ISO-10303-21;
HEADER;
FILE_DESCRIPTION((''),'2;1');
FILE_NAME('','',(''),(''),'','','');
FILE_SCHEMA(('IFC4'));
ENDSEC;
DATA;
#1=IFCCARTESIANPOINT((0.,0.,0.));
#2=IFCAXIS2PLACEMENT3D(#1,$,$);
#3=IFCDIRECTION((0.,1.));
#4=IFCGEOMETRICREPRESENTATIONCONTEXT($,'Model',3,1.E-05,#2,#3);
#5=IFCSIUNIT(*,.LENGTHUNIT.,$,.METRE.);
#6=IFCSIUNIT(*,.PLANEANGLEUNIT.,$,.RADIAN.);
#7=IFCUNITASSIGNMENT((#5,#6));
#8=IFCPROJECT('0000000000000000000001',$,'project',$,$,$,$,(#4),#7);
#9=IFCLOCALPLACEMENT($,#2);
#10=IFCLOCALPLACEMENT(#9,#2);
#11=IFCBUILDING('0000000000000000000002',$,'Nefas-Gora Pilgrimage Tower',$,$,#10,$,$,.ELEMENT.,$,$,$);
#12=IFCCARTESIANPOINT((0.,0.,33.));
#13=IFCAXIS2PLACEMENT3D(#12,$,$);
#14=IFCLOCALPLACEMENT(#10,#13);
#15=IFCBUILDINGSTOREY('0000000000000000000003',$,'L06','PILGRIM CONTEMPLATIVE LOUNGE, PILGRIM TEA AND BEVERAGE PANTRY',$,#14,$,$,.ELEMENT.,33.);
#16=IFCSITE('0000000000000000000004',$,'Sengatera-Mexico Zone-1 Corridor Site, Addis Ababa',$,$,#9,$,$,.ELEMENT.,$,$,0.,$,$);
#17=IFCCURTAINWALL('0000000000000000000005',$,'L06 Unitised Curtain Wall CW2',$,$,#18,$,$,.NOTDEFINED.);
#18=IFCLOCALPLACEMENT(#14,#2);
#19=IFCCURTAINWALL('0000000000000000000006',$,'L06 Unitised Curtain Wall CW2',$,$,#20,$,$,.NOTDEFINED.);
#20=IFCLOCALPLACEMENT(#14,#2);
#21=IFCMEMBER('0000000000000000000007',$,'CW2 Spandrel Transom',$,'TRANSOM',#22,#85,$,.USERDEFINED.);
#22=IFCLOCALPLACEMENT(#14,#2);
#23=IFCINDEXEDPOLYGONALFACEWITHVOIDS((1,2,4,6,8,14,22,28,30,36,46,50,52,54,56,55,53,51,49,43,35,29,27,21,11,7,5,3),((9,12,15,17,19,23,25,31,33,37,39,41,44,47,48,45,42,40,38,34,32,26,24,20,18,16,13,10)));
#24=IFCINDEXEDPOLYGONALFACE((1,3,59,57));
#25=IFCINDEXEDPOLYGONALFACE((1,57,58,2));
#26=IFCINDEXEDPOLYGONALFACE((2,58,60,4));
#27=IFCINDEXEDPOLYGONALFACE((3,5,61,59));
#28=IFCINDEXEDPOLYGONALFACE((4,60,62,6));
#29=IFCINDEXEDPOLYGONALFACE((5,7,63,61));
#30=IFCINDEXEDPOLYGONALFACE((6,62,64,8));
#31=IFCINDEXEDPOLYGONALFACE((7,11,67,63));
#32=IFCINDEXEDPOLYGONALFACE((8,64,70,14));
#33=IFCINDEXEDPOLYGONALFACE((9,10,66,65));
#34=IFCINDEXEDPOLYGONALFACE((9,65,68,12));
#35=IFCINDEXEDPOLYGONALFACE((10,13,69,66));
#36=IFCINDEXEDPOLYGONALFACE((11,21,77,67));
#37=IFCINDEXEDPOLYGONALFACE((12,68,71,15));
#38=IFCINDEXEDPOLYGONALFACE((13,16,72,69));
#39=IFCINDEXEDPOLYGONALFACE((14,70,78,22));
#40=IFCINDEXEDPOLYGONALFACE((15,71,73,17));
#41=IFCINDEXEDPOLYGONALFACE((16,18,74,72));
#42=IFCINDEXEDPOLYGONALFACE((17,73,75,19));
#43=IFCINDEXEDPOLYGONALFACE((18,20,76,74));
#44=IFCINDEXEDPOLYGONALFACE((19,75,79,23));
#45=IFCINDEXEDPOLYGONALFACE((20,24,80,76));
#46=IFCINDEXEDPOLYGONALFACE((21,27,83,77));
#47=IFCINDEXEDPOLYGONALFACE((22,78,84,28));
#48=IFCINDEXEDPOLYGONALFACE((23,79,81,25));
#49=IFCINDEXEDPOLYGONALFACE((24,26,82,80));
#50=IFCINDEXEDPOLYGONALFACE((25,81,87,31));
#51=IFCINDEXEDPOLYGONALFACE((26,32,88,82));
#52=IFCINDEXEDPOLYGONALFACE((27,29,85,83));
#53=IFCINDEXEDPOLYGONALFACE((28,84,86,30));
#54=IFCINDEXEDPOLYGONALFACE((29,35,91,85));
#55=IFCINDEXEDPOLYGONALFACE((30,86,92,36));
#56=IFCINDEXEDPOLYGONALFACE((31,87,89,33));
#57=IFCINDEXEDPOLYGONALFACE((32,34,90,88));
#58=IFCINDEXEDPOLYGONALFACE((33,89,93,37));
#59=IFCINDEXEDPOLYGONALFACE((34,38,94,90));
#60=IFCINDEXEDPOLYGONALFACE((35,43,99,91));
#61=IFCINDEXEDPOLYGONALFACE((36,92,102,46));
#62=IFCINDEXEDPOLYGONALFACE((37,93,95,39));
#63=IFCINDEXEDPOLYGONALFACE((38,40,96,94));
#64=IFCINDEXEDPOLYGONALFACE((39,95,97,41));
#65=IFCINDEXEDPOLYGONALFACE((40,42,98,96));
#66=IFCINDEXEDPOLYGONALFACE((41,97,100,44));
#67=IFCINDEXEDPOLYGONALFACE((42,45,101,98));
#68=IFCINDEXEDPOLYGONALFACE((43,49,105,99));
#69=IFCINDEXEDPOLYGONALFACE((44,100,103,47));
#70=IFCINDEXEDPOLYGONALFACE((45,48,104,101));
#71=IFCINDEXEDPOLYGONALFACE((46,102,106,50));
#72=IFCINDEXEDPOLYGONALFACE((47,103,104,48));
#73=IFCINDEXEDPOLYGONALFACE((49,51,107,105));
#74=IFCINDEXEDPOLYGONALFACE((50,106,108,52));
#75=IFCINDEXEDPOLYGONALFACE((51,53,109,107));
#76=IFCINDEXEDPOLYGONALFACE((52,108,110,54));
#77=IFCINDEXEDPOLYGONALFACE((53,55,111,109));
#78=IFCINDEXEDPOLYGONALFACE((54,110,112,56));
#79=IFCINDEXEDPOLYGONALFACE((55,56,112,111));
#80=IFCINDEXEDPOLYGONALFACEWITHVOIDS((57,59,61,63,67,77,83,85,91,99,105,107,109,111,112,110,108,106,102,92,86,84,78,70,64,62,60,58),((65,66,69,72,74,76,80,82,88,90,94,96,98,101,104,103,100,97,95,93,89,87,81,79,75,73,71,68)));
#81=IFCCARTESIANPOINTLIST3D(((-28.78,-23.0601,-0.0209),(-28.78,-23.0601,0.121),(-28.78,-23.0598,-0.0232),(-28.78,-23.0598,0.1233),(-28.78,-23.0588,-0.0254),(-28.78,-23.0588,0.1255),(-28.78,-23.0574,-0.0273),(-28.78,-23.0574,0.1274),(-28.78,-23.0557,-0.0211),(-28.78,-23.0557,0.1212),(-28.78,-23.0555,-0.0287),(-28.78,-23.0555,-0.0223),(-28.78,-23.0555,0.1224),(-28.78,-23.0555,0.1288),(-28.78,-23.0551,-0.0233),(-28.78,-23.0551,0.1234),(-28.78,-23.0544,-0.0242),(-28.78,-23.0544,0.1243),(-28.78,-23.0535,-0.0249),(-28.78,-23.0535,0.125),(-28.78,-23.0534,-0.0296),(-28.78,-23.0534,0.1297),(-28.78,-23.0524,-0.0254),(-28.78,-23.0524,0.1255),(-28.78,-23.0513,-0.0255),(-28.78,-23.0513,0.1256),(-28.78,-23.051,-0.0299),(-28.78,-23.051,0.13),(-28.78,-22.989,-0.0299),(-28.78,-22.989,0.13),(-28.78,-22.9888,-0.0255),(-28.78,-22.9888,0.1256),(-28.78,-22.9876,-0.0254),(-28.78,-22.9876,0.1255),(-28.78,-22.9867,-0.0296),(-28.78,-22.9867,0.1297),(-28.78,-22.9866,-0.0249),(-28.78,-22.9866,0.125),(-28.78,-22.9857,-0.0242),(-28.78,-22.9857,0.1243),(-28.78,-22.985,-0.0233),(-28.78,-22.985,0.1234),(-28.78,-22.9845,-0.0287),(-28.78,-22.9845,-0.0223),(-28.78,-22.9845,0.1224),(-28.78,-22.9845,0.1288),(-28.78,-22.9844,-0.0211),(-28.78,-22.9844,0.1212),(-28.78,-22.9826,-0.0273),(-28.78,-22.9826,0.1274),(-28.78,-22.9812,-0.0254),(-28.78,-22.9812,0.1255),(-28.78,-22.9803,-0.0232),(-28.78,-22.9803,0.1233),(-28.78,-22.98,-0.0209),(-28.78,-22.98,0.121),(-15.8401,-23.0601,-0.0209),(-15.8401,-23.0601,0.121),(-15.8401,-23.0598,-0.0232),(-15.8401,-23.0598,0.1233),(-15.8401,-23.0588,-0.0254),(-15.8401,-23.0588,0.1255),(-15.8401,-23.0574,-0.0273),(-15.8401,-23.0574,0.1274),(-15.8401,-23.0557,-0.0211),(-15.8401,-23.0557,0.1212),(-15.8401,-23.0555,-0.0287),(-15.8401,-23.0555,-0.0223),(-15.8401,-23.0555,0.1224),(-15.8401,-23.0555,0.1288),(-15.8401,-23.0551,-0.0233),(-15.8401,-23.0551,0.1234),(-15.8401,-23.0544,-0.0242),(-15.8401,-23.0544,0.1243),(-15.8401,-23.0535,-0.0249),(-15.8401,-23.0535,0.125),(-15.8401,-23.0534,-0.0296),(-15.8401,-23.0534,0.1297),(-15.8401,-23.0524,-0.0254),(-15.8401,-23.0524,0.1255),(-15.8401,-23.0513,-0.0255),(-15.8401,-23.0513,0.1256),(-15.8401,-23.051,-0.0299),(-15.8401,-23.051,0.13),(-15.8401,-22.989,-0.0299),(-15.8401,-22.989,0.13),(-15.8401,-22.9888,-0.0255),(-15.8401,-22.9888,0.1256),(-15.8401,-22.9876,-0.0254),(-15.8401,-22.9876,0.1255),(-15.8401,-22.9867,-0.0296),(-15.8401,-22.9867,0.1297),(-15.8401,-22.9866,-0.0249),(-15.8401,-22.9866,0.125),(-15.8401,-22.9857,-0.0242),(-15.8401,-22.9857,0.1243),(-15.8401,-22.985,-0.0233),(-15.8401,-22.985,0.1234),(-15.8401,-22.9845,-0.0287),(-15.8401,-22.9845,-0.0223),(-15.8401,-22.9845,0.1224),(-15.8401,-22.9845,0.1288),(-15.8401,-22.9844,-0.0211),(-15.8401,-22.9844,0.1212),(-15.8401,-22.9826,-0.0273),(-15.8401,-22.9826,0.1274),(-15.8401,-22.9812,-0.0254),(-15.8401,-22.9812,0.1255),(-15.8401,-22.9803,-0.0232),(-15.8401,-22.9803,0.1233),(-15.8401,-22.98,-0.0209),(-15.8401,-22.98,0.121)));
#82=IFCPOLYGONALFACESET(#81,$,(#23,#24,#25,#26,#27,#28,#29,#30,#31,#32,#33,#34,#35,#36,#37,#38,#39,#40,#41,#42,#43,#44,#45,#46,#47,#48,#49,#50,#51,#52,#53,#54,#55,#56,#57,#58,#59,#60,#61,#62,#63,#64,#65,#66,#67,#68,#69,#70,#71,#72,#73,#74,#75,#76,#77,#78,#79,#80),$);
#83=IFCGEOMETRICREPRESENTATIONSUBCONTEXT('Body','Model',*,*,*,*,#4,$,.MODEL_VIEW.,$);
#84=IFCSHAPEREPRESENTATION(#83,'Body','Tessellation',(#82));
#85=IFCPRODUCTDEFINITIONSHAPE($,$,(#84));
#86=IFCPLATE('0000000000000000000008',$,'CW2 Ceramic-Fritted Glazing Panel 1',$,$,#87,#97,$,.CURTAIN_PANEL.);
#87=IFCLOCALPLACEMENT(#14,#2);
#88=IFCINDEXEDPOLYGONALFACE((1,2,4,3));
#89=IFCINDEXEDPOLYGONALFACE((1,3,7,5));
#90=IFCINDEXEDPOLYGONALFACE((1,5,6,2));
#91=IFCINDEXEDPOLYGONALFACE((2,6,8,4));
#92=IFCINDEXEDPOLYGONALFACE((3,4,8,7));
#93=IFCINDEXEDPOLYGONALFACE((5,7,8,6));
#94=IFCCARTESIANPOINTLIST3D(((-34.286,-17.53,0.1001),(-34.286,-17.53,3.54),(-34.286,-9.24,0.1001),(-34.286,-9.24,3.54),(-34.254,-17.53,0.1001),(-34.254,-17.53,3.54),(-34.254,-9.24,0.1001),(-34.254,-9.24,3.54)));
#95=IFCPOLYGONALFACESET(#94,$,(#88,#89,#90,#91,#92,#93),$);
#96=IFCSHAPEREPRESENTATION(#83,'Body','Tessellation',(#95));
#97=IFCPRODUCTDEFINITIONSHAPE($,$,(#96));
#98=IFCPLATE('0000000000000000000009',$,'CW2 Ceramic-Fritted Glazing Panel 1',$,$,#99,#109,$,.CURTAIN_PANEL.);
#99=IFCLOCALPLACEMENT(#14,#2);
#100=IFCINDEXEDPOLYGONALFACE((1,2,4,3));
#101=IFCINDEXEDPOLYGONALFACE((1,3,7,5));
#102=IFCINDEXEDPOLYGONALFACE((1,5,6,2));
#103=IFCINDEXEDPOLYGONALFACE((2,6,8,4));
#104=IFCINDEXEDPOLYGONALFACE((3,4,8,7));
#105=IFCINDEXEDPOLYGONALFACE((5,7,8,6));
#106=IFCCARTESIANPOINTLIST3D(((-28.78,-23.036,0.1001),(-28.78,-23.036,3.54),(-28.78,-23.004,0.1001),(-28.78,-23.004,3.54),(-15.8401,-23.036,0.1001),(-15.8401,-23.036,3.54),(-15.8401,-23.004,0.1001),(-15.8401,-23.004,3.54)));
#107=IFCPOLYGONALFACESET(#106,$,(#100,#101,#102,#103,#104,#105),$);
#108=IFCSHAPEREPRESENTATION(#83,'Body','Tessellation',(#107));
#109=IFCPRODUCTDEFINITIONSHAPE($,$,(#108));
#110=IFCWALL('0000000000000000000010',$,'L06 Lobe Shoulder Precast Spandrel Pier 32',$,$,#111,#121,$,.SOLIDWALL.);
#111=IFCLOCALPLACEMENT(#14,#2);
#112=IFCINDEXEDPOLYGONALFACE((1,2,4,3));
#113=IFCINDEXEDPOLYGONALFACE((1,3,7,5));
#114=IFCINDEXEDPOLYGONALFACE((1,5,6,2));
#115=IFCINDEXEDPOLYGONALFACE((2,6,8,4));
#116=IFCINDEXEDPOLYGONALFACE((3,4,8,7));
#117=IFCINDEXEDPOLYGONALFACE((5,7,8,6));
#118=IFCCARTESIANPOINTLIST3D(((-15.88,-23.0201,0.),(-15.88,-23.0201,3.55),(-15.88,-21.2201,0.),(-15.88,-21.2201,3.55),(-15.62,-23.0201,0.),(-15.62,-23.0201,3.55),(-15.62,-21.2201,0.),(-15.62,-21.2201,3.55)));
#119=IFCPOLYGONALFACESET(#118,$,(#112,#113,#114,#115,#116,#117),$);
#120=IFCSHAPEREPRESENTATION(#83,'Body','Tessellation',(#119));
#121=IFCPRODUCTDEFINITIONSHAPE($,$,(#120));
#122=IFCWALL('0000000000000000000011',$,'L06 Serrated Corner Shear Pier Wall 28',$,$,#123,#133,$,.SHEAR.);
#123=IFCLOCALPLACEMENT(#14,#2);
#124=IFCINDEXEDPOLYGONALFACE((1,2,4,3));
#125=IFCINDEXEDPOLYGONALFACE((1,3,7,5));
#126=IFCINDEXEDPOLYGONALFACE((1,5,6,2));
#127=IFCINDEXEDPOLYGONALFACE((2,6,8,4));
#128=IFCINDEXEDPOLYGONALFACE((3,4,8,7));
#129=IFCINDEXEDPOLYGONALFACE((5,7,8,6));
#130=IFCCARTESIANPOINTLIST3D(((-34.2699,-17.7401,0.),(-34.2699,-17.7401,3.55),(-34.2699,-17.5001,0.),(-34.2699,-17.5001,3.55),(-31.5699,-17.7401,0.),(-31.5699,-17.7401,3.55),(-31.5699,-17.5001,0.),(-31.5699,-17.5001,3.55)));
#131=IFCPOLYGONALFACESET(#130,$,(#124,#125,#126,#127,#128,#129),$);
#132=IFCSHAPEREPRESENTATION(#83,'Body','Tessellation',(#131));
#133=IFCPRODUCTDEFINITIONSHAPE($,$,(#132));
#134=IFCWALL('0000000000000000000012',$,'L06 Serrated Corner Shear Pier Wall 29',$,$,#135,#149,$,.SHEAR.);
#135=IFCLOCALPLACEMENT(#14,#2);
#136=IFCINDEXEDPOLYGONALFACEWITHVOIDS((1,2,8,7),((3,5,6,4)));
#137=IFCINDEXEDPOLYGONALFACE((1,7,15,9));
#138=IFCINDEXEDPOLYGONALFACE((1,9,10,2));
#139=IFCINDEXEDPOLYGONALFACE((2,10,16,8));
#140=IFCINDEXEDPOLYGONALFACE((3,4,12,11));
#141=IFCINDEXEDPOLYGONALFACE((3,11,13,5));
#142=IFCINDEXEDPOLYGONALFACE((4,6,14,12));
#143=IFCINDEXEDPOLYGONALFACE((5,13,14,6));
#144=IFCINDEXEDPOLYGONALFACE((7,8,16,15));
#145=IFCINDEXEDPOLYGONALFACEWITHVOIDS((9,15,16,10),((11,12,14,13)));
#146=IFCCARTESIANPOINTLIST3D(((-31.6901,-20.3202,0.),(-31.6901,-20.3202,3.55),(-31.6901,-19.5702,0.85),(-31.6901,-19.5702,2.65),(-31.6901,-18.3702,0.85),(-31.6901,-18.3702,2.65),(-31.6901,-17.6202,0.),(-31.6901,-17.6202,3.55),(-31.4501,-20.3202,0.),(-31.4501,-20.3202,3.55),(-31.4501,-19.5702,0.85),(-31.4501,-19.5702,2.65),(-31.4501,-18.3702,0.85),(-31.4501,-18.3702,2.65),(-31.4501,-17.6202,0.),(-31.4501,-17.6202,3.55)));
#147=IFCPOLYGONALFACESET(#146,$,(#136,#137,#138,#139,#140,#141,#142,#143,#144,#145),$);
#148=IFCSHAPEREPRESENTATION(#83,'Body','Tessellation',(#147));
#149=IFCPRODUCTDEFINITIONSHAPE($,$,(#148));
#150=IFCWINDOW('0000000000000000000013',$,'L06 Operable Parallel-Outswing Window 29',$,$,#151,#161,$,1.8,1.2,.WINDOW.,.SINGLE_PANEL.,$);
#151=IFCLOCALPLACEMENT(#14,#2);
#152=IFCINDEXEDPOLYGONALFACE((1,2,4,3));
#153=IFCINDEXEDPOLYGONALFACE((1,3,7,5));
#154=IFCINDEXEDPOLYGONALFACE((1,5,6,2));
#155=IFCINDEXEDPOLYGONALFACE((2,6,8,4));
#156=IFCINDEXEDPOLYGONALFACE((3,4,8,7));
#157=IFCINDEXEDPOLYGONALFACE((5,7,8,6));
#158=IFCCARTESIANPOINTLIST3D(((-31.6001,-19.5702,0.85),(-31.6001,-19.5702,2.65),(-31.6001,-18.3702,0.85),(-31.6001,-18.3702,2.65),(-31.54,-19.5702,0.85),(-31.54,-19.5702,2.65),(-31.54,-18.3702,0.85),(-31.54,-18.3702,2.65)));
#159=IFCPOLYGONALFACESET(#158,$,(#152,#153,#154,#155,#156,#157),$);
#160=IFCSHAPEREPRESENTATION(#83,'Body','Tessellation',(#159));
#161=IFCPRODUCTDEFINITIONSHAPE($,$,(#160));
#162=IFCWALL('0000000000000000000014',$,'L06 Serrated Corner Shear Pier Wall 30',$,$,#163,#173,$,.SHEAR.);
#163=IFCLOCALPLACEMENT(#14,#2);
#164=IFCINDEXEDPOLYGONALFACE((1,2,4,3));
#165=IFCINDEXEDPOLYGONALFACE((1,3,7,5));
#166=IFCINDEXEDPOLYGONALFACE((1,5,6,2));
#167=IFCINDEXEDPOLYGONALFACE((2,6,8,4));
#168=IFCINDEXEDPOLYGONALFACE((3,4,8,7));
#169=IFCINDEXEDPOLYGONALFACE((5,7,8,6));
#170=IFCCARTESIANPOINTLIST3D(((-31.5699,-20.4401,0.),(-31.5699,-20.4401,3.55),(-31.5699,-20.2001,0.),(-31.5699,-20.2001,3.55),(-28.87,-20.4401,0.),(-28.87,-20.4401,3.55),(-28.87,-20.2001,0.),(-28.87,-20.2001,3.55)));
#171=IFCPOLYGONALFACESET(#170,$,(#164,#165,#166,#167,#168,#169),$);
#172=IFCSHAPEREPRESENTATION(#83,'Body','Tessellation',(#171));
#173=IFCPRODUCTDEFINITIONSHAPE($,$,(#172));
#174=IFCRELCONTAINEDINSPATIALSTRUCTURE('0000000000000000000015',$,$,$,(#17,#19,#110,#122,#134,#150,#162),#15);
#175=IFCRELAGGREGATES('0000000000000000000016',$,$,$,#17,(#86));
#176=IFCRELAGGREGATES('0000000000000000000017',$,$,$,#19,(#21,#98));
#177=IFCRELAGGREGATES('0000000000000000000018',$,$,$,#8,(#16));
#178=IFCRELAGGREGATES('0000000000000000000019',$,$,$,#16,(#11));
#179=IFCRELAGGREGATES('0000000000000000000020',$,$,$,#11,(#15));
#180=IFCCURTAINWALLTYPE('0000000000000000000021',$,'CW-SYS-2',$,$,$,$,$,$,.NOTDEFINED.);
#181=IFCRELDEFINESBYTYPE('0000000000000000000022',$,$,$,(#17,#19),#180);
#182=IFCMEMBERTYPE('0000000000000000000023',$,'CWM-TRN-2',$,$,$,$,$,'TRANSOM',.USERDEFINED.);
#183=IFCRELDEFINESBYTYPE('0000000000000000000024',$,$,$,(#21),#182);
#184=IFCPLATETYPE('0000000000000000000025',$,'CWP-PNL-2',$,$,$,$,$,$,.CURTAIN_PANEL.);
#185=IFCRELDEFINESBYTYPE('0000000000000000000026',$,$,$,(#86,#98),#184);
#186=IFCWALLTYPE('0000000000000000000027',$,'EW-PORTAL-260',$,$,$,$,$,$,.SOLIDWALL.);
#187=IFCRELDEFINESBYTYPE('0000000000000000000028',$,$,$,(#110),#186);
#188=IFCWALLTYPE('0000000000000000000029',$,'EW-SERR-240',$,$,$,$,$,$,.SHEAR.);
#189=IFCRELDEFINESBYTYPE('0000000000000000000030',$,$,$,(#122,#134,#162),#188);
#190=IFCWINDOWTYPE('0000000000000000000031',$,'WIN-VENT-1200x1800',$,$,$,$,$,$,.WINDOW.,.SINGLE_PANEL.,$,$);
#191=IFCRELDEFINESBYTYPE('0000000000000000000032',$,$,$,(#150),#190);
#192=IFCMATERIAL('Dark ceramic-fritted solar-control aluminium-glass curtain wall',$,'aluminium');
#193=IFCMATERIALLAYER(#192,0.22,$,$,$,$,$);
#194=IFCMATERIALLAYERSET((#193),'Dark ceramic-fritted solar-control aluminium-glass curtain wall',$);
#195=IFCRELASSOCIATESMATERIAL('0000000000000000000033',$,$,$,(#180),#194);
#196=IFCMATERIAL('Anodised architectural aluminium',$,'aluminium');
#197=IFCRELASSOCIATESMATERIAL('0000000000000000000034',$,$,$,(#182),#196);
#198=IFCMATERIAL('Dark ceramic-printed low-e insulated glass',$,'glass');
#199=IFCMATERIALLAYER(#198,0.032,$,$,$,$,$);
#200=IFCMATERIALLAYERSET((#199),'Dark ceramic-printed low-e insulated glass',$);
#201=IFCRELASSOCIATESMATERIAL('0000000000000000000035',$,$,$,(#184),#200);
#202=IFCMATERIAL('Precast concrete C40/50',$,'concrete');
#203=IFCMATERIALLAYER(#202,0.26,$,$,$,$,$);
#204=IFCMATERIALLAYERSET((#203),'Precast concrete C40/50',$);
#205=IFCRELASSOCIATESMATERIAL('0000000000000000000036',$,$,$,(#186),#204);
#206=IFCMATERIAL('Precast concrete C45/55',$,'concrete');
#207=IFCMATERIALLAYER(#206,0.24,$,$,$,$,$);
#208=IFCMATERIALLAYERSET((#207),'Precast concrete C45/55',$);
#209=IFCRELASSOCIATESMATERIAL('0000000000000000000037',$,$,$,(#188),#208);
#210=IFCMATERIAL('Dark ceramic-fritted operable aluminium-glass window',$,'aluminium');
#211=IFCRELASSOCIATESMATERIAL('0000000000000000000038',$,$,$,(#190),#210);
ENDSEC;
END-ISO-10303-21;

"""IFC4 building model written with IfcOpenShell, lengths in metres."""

from ifc_helpers import new_model, si_unit, direction, frame, frame_2d, origin, origin_2d, place, context, subcontext, project, spatial, rectangle, hollow_rectangle, extrude, source, transform, mapped, material, layer, layer_set, material_profile, profile_set, type_object, element, fill, aggregate, save


model = new_model("IFC4")

# Units and contexts
model_context = context("Model", 3, precision=1e-05, world=origin(), true_north=direction((0.0, 1.0)))
body_context = subcontext(model_context, "Body", "Model", "MODEL_VIEW")
ifc_project = project(units=[si_unit("LENGTHUNIT", "METRE"), si_unit("PLANEANGLEUNIT", "RADIAN")], contexts=[model_context])

# Site, building, storey
site_placement = place(None, origin())
site = spatial("IfcSite", under=ifc_project, at=site_placement, Name="Sengatera-Mexico Zone-1 Corridor Site, Addis Ababa", CompositionType="ELEMENT", RefElevation=0.0)
building_placement = place(site_placement, origin())
building = spatial("IfcBuilding", under=site, at=building_placement, Name="Nefas-Gora Pilgrimage Tower", CompositionType="ELEMENT")
storey_placement = place(building_placement, frame((0.0, 0.0, 33.0)))
storey = spatial("IfcBuildingStorey", under=building, at=storey_placement, Name="L06", Description="PILGRIM CONTEMPLATIVE LOUNGE, PILGRIM TEA AND BEVERAGE PANTRY", CompositionType="ELEMENT", Elevation=33.0)

# Shared definitions
ifc_material_1 = material(Name="Dark ceramic-fritted solar-control aluminium-glass curtain wall", Category="aluminium")
ifc_material_2 = material(Name="Anodised architectural aluminium", Category="aluminium")

# Curtain wall
ifc_layer_1 = layer(ifc_material_1, 0.22)
ifc_layer_set_1 = layer_set([ifc_layer_1], Name="Dark ceramic-fritted solar-control aluminium-glass curtain wall")
curtain_wall_type_1 = type_object("IfcCurtainWallType", Name="CW-SYS-2", PredefinedType="NOTDEFINED", material=ifc_layer_set_1)
curtain_wall_1_placement = place(storey_placement, origin())
curtain_wall_1 = element("IfcCurtainWall", 1, at=curtain_wall_1_placement, inside=storey, type_object=curtain_wall_type_1, Name="L06 Unitised Curtain Wall CW2", PredefinedType="NOTDEFINED")

# Curtain wall
curtain_wall_2_placement = place(storey_placement, origin())
curtain_wall_2 = element("IfcCurtainWall", 2, at=curtain_wall_2_placement, inside=storey, type_object=curtain_wall_type_1, Name="L06 Unitised Curtain Wall CW2", PredefinedType="NOTDEFINED")

# Member
ifc_material_profile_1 = material_profile(ifc_material_2, hollow_rectangle(XDim=0.0801, YDim=0.1599, WallThickness=0.0044, InnerFilletRadius=0.0044, OuterFilletRadius=0.009, at=origin_2d()), Name="ALU TRANSOM 80x160")
ifc_profile_set_1 = profile_set([ifc_material_profile_1], Name="Anodised architectural aluminium")
member_type_1 = type_object("IfcMemberType", Name="CWM-TRN-2", ElementType="TRANSOM", PredefinedType="USERDEFINED", material=ifc_profile_set_1)
shared_shape_1 = source(origin(), body_context, "Body", "SweptSolid", [
    extrude(hollow_rectangle(XDim=0.0801, YDim=0.1599, WallThickness=0.0044, InnerFilletRadius=0.0044, OuterFilletRadius=0.009, at=origin_2d()), origin(), (0.0, 0.0, 1.0), 12.9399),
])
member_1_placement = place(storey_placement, frame((-28.78, -23.02, 0.05), z_axis=(1.0, 0.0, 0.0), x_axis=(0.0, 1.0, 0.0)))
member_1 = element("IfcMember", 3, at=member_1_placement, type_object=member_type_1, Name="CW2 Spandrel Transom", ObjectType="TRANSOM", PredefinedType="USERDEFINED", context=body_context, shape_type="MappedRepresentation", body=[
    mapped(shared_shape_1, transform((0.0, 0.0, 0.0), x_axis=(1.0, 0.0, 0.0), y_axis=(0.0, 1.0, 0.0), z_axis=(0.0, 0.0, 1.0), scale=1.0)),
])

# Plates
ifc_material_3 = material(Name="Dark ceramic-printed low-e insulated glass", Category="glass")
ifc_layer_2 = layer(ifc_material_3, 0.032)
ifc_layer_set_2 = layer_set([ifc_layer_2], Name="Dark ceramic-printed low-e insulated glass")
plate_type = type_object("IfcPlateType", Name="CWP-PNL-2", PredefinedType="CURTAIN_PANEL", material=ifc_layer_set_2)
shared_shape_2 = source(origin(), body_context, "Body", "SweptSolid", [
    extrude(rectangle(XDim=8.29, YDim=0.032, at=origin_2d()), origin(), (0.0, 0.0, 1.0), 3.4399),
])
plate_1_placement = place(storey_placement, frame((-34.27, -13.385, 0.1001), z_axis=(0.0, 0.0, 1.0), x_axis=(0.0, -1.0, 0.0)))
plate_1 = element("IfcPlate", 4, at=plate_1_placement, type_object=plate_type, Name="CW2 Ceramic-Fritted Glazing Panel 1", PredefinedType="CURTAIN_PANEL", context=body_context, shape_type="MappedRepresentation", body=[
    mapped(shared_shape_2, transform((0.0, 0.0, 0.0), x_axis=(1.0, 0.0, 0.0), y_axis=(0.0, 1.0, 0.0), z_axis=(0.0, 0.0, 1.0), scale=1.0)),
])
aggregate(curtain_wall_1, [plate_1])
shared_shape_3 = source(origin(), body_context, "Body", "SweptSolid", [
    extrude(rectangle(XDim=12.9399, YDim=0.032, at=origin_2d()), origin(), (0.0, 0.0, 1.0), 3.4399),
])
plate_2_placement = place(storey_placement, frame((-22.3101, -23.02, 0.1001), z_axis=(0.0, 0.0, 1.0), x_axis=(1.0, 0.0, 0.0)))
plate_2 = element("IfcPlate", 5, at=plate_2_placement, type_object=plate_type, Name="CW2 Ceramic-Fritted Glazing Panel 1", PredefinedType="CURTAIN_PANEL", context=body_context, shape_type="MappedRepresentation", body=[
    mapped(shared_shape_3, transform((0.0, 0.0, 0.0), x_axis=(1.0, 0.0, 0.0), y_axis=(0.0, 1.0, 0.0), z_axis=(0.0, 0.0, 1.0), scale=1.0)),
])
aggregate(curtain_wall_2, [member_1, plate_2])

# Walls
ifc_material_4 = material(Name="Precast concrete C40/50", Category="concrete")
ifc_layer_3 = layer(ifc_material_4, 0.26)
ifc_layer_set_3 = layer_set([ifc_layer_3], Name="Precast concrete C40/50")
wall_type_1 = type_object("IfcWallType", Name="EW-PORTAL-260", PredefinedType="SOLIDWALL", material=ifc_layer_set_3)
shared_shape_4 = source(origin(), body_context, "Body", "SweptSolid", [
    extrude(rectangle(XDim=1.8, YDim=0.26, at=frame_2d((0.8999, 0.0))), origin(), (0.0, 0.0, 1.0), 3.55),
])
wall_1_placement = place(storey_placement, frame((-15.75, -23.02, 0.0), z_axis=(0.0, 0.0, 1.0), x_axis=(0.0, 1.0, 0.0)))
element("IfcWall", 6, at=wall_1_placement, inside=storey, type_object=wall_type_1, Name="L06 Lobe Shoulder Precast Spandrel Pier 32", PredefinedType="SOLIDWALL", context=body_context, shape_type="MappedRepresentation", body=[
    mapped(shared_shape_4, transform((0.0, 0.0, 0.0), x_axis=(1.0, 0.0, 0.0), y_axis=(0.0, 1.0, 0.0), z_axis=(0.0, 0.0, 1.0), scale=1.0)),
])
ifc_material_5 = material(Name="Precast concrete C45/55", Category="concrete")
ifc_layer_4 = layer(ifc_material_5, 0.24)
ifc_layer_set_4 = layer_set([ifc_layer_4], Name="Precast concrete C45/55")
wall_type_2 = type_object("IfcWallType", Name="EW-SERR-240", PredefinedType="SHEAR", material=ifc_layer_set_4)
shared_shape_5 = source(origin(), body_context, "Body", "SweptSolid", [
    extrude(rectangle(XDim=2.7, YDim=0.24, at=frame_2d((1.3501, 0.0))), origin(), (0.0, 0.0, 1.0), 3.55),
])
wall_2_placement = place(storey_placement, frame((-34.27, -17.6201, 0.0), z_axis=(0.0, 0.0, 1.0), x_axis=(1.0, 0.0, 0.0)))
element("IfcWall", 7, at=wall_2_placement, inside=storey, type_object=wall_type_2, Name="L06 Serrated Corner Shear Pier Wall 28", PredefinedType="SHEAR", context=body_context, shape_type="MappedRepresentation", body=[
    mapped(shared_shape_5, transform((0.0, 0.0, 0.0), x_axis=(1.0, 0.0, 0.0), y_axis=(0.0, 1.0, 0.0), z_axis=(0.0, 0.0, 1.0), scale=1.0)),
])

# Wall, opening, window
wall_3_placement = place(storey_placement, frame((-31.5701, -17.6201, 0.0), z_axis=(0.0, 0.0, 1.0), x_axis=(0.0, -1.0, 0.0)))
wall_3 = element("IfcWall", 8, at=wall_3_placement, inside=storey, type_object=wall_type_2, Name="L06 Serrated Corner Shear Pier Wall 29", PredefinedType="SHEAR", context=body_context, shape_type="MappedRepresentation", body=[
    mapped(shared_shape_5, transform((0.0, 0.0, 0.0), x_axis=(1.0, 0.0, 0.0), y_axis=(0.0, 1.0, 0.0), z_axis=(0.0, 0.0, 1.0), scale=1.0)),
])
opening_1_placement = place(wall_3_placement, frame((0.75, 0.0, 0.8501)))
opening_1 = element("IfcOpeningElement", 9, at=opening_1_placement, cuts=wall_3, PredefinedType="OPENING", context=body_context, shape_type="SweptSolid", body=[
    extrude(rectangle(XDim=1.2, YDim=1.8, at=frame_2d((0.6001, 0.8999))), frame((0.0, 0.1299, 0.0), z_axis=(0.0, -1.0, 0.0), x_axis=(1.0, 0.0, 0.0)), (0.0, 0.0, 1.0), 0.26),
])
ifc_material_6 = material(Name="Dark ceramic-fritted operable aluminium-glass window", Category="aluminium")
window_type = type_object("IfcWindowType", Name="WIN-VENT-1200x1800", PartitioningType="SINGLE_PANEL", PredefinedType="WINDOW", material=ifc_material_6)
shared_shape_6 = source(origin(), body_context, "Body", "SweptSolid", [
    extrude(rectangle(XDim=1.2, YDim=1.8, at=frame_2d((0.6001, 0.8999))), frame((0.0, 0.03, 0.0), z_axis=(0.0, -1.0, 0.0), x_axis=(1.0, 0.0, 0.0)), (0.0, 0.0, 1.0), 0.0601),
])
window_placement = place(opening_1_placement, origin())
window = element("IfcWindow", 10, at=window_placement, inside=storey, type_object=window_type, Name="L06 Operable Parallel-Outswing Window 29", OverallHeight=1.8, OverallWidth=1.2, PartitioningType="SINGLE_PANEL", PredefinedType="WINDOW", context=body_context, shape_type="MappedRepresentation", body=[
    mapped(shared_shape_6, transform((0.0, 0.0, 0.0), x_axis=(1.0, 0.0, 0.0), y_axis=(0.0, 1.0, 0.0), z_axis=(0.0, 0.0, 1.0), scale=1.0)),
])
fill(opening_1, window)

# Wall
for number, where, z_axis, x_axis, name in (
    (11, (-31.5701, -20.3201, 0.0), (0.0, 0.0, 1.0), (1.0, 0.0, 0.0), "L06 Serrated Corner Shear Pier Wall 30"),
):
    element("IfcWall", number, at=place(storey_placement, frame(where, z_axis=z_axis, x_axis=x_axis)), inside=storey, type_object=wall_type_2, Name=name, PredefinedType="SHEAR", context=body_context, shape_type="MappedRepresentation", body=[
        mapped(shared_shape_5, transform((0.0, 0.0, 0.0), x_axis=(1.0, 0.0, 0.0), y_axis=(0.0, 1.0, 0.0), z_axis=(0.0, 0.0, 1.0), scale=1.0)),
    ])

save(model, "model.ifc")
